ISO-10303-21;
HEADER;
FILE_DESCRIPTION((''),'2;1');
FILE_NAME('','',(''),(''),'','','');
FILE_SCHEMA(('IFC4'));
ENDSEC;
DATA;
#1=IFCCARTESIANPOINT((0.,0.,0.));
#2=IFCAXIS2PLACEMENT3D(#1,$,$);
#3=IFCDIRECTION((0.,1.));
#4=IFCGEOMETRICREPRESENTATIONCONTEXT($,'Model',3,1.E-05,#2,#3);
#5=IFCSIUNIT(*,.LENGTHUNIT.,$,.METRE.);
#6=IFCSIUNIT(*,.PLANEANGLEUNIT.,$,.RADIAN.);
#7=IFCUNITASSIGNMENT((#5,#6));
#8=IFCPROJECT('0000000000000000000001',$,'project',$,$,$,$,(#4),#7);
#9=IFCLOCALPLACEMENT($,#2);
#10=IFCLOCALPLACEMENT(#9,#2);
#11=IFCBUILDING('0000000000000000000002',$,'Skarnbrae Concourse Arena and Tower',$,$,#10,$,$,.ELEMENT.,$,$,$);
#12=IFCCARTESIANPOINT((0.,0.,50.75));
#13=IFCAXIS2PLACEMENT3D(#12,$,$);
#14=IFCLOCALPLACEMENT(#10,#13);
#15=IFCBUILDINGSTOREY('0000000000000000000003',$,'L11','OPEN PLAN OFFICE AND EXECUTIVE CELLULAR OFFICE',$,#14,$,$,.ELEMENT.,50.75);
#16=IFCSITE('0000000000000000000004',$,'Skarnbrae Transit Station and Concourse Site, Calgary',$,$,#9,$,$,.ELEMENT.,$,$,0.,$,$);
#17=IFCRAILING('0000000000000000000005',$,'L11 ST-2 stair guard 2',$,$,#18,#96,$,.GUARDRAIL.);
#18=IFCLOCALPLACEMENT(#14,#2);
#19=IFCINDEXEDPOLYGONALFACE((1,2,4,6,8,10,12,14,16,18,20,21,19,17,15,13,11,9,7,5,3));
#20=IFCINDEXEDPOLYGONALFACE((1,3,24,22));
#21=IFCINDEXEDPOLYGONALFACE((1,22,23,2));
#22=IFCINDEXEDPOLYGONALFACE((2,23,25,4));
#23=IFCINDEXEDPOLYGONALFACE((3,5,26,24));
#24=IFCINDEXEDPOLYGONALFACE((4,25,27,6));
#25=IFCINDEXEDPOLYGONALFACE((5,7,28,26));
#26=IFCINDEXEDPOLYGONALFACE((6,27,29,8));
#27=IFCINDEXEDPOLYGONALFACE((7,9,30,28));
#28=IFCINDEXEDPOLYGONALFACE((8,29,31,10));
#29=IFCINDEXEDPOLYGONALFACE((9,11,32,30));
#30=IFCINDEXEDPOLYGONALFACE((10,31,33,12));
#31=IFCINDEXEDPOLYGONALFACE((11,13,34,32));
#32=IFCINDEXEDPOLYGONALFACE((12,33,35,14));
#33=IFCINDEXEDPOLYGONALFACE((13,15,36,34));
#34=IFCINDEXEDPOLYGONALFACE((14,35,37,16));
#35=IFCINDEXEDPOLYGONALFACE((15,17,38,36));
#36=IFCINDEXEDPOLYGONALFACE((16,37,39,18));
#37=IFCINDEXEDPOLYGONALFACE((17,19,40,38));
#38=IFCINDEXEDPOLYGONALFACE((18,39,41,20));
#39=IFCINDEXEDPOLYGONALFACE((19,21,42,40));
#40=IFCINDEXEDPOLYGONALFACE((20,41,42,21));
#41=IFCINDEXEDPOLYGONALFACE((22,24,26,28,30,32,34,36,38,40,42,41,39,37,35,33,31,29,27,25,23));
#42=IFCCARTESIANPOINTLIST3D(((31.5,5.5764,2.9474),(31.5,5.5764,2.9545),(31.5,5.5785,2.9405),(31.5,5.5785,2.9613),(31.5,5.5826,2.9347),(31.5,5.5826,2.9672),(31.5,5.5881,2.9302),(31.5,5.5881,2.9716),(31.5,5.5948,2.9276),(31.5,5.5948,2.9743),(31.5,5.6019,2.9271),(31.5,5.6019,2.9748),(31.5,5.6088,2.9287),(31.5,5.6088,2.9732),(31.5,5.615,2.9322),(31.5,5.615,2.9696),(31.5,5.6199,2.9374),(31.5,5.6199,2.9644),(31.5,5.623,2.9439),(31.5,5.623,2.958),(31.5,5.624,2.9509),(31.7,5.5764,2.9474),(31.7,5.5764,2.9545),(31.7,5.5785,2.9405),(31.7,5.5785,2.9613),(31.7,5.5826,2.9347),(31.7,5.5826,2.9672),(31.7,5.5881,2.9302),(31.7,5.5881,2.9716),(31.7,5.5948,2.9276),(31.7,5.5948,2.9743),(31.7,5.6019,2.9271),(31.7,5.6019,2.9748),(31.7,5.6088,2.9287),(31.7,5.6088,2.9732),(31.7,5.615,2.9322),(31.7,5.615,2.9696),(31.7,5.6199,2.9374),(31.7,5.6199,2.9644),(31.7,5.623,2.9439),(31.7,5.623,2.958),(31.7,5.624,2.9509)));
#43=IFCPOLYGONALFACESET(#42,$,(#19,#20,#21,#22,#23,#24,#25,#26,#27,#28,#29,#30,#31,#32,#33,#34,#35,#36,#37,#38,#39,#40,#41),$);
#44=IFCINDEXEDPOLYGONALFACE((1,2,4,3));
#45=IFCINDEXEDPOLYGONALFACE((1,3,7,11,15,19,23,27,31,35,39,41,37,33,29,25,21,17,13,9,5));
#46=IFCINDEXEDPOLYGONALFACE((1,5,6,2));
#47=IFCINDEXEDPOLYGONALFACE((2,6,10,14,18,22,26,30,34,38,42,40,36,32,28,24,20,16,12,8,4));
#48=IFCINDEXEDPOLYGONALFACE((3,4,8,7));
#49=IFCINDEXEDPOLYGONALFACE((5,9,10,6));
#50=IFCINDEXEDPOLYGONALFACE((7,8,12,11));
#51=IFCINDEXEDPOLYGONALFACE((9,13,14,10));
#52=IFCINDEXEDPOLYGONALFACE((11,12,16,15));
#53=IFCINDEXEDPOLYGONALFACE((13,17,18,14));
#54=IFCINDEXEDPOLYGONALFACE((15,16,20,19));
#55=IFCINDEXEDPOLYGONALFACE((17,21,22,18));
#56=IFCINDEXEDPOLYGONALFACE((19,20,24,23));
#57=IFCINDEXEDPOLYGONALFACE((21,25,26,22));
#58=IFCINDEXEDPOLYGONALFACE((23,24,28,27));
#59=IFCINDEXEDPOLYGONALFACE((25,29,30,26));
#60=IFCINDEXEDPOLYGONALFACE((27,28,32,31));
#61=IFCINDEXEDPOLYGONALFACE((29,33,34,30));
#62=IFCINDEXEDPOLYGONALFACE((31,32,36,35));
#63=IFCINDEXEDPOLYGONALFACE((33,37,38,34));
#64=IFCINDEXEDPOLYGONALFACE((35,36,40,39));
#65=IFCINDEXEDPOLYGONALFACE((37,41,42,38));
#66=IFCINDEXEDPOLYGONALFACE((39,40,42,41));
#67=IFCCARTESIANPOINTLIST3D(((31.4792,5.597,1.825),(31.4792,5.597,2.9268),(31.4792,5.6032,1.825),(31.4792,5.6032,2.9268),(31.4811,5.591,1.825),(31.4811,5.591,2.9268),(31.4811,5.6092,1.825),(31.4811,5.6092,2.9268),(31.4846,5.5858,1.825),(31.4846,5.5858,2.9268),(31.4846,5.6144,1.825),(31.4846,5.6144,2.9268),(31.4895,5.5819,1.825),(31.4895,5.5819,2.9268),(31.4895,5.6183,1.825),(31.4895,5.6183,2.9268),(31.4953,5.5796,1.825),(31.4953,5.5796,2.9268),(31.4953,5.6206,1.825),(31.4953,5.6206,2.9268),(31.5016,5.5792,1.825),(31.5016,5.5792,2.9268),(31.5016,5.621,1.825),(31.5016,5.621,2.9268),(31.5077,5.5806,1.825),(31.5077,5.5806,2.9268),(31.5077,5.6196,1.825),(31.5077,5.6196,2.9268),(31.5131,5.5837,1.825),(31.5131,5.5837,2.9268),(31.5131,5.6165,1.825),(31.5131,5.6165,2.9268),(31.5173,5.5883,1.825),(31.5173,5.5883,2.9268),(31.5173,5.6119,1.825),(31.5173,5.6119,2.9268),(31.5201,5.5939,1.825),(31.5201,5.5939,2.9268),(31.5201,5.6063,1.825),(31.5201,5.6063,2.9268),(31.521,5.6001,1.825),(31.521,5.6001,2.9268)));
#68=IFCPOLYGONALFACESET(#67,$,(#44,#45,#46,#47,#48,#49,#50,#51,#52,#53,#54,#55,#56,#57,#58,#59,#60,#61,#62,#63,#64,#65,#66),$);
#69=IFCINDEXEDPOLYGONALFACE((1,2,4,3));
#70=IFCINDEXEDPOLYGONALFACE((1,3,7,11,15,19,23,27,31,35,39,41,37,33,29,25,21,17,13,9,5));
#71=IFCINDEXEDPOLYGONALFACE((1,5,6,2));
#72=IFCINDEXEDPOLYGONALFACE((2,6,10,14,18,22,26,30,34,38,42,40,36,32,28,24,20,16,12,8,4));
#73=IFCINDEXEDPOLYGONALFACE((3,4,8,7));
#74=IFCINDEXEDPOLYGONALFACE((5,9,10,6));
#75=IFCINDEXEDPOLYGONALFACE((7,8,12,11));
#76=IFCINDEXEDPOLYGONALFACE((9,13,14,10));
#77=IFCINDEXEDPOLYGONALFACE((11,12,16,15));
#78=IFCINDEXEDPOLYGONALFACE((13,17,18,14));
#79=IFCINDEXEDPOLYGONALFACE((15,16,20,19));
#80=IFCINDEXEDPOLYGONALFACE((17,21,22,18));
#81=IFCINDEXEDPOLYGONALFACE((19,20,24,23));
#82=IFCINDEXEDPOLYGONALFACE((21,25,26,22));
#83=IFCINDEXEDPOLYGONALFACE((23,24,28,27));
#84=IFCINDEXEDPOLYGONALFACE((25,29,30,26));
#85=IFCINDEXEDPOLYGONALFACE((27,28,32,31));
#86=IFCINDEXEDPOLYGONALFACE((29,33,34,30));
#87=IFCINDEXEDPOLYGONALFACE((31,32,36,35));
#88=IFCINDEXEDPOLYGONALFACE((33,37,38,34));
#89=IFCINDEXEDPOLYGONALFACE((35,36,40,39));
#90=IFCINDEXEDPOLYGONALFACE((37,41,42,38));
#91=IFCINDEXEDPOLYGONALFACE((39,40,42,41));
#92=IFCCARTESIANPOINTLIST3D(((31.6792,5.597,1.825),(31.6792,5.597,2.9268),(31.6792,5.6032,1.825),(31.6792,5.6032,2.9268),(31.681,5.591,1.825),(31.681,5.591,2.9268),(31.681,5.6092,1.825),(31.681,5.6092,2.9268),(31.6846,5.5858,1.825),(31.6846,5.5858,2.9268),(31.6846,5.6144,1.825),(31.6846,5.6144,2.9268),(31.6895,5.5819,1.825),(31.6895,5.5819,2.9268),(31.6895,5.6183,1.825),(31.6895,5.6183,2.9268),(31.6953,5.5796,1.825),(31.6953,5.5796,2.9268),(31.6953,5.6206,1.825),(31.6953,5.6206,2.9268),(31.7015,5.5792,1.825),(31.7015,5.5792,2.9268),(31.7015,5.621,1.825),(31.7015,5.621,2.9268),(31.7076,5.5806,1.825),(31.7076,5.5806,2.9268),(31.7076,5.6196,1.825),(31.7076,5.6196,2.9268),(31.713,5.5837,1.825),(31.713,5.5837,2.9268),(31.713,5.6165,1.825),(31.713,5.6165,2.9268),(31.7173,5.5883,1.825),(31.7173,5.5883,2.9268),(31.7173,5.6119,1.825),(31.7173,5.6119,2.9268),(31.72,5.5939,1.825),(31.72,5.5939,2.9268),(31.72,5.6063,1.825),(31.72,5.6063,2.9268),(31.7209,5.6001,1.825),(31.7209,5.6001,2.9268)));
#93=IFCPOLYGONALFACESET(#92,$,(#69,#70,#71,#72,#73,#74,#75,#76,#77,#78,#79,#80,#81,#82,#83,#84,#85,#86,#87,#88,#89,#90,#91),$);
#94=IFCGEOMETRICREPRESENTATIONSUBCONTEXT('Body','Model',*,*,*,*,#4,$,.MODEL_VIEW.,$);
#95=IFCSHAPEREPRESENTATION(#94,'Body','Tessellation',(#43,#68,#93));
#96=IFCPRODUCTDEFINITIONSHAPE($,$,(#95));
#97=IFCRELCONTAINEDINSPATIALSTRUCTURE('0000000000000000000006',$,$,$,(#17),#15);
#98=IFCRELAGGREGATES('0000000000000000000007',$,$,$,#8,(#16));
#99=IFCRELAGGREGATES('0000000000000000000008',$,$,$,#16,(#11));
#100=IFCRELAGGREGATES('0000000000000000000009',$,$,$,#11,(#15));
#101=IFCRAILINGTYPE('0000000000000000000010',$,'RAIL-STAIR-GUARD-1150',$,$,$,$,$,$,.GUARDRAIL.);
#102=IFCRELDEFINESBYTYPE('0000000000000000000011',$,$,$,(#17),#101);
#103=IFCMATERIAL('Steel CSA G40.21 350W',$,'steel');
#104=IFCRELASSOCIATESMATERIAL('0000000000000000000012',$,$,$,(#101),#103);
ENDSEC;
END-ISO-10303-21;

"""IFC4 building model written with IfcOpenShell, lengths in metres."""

from ifc_helpers import new_model, si_unit, direction, frame, origin, origin_2d, place, context, subcontext, project, spatial, circle, extrude, material, type_object, element, save


model = new_model("IFC4")

# Units and contexts
model_context = context("Model", 3, precision=1e-05, world=origin(), true_north=direction((0.0, 1.0)))
body_context = subcontext(model_context, "Body", "Model", "MODEL_VIEW")
ifc_project = project(units=[si_unit("LENGTHUNIT", "METRE"), si_unit("PLANEANGLEUNIT", "RADIAN")], contexts=[model_context])

# Site, building, storey
site_placement = place(None, origin())
site = spatial("IfcSite", under=ifc_project, at=site_placement, Name="Skarnbrae Transit Station and Concourse Site, Calgary", CompositionType="ELEMENT", RefElevation=0.0)
building_placement = place(site_placement, origin())
building = spatial("IfcBuilding", under=site, at=building_placement, Name="Skarnbrae Concourse Arena and Tower", CompositionType="ELEMENT")
storey_placement = place(building_placement, frame((0.0, 0.0, 50.75)))
storey = spatial("IfcBuildingStorey", under=building, at=storey_placement, Name="L11", Description="OPEN PLAN OFFICE AND EXECUTIVE CELLULAR OFFICE", CompositionType="ELEMENT", Elevation=50.75)

# Shared definitions
ifc_material_1 = material(Name="Steel CSA G40.21 350W", Category="steel")

# Railing
railing_type_1 = type_object("IfcRailingType", Name="RAIL-STAIR-GUARD-1150", PredefinedType="GUARDRAIL", material=ifc_material_1)
railing_1_placement = place(storey_placement, frame((31.5, 5.6001, 1.825)))
element("IfcRailing", 1, at=railing_1_placement, inside=storey, type_object=railing_type_1, Name="L11 ST-2 stair guard 2", PredefinedType="GUARDRAIL", context=body_context, shape_type="SweptSolid", body=[
    extrude(circle(Radius=0.0239, at=origin_2d()), frame((0.0, 0.0, 1.126), z_axis=(1.0, 0.0, 0.0), x_axis=(0.0, 1.0, 0.0)), (0.0, 0.0, 1.0), 0.2),
    extrude(circle(Radius=0.021, at=origin_2d()), origin(), (0.0, 0.0, 1.0), 1.1018),
    extrude(circle(Radius=0.021, at=origin_2d()), frame((0.2, 0.0, 0.0)), (0.0, 0.0, 1.0), 1.1018),
])

save(model, "model.ifc")
